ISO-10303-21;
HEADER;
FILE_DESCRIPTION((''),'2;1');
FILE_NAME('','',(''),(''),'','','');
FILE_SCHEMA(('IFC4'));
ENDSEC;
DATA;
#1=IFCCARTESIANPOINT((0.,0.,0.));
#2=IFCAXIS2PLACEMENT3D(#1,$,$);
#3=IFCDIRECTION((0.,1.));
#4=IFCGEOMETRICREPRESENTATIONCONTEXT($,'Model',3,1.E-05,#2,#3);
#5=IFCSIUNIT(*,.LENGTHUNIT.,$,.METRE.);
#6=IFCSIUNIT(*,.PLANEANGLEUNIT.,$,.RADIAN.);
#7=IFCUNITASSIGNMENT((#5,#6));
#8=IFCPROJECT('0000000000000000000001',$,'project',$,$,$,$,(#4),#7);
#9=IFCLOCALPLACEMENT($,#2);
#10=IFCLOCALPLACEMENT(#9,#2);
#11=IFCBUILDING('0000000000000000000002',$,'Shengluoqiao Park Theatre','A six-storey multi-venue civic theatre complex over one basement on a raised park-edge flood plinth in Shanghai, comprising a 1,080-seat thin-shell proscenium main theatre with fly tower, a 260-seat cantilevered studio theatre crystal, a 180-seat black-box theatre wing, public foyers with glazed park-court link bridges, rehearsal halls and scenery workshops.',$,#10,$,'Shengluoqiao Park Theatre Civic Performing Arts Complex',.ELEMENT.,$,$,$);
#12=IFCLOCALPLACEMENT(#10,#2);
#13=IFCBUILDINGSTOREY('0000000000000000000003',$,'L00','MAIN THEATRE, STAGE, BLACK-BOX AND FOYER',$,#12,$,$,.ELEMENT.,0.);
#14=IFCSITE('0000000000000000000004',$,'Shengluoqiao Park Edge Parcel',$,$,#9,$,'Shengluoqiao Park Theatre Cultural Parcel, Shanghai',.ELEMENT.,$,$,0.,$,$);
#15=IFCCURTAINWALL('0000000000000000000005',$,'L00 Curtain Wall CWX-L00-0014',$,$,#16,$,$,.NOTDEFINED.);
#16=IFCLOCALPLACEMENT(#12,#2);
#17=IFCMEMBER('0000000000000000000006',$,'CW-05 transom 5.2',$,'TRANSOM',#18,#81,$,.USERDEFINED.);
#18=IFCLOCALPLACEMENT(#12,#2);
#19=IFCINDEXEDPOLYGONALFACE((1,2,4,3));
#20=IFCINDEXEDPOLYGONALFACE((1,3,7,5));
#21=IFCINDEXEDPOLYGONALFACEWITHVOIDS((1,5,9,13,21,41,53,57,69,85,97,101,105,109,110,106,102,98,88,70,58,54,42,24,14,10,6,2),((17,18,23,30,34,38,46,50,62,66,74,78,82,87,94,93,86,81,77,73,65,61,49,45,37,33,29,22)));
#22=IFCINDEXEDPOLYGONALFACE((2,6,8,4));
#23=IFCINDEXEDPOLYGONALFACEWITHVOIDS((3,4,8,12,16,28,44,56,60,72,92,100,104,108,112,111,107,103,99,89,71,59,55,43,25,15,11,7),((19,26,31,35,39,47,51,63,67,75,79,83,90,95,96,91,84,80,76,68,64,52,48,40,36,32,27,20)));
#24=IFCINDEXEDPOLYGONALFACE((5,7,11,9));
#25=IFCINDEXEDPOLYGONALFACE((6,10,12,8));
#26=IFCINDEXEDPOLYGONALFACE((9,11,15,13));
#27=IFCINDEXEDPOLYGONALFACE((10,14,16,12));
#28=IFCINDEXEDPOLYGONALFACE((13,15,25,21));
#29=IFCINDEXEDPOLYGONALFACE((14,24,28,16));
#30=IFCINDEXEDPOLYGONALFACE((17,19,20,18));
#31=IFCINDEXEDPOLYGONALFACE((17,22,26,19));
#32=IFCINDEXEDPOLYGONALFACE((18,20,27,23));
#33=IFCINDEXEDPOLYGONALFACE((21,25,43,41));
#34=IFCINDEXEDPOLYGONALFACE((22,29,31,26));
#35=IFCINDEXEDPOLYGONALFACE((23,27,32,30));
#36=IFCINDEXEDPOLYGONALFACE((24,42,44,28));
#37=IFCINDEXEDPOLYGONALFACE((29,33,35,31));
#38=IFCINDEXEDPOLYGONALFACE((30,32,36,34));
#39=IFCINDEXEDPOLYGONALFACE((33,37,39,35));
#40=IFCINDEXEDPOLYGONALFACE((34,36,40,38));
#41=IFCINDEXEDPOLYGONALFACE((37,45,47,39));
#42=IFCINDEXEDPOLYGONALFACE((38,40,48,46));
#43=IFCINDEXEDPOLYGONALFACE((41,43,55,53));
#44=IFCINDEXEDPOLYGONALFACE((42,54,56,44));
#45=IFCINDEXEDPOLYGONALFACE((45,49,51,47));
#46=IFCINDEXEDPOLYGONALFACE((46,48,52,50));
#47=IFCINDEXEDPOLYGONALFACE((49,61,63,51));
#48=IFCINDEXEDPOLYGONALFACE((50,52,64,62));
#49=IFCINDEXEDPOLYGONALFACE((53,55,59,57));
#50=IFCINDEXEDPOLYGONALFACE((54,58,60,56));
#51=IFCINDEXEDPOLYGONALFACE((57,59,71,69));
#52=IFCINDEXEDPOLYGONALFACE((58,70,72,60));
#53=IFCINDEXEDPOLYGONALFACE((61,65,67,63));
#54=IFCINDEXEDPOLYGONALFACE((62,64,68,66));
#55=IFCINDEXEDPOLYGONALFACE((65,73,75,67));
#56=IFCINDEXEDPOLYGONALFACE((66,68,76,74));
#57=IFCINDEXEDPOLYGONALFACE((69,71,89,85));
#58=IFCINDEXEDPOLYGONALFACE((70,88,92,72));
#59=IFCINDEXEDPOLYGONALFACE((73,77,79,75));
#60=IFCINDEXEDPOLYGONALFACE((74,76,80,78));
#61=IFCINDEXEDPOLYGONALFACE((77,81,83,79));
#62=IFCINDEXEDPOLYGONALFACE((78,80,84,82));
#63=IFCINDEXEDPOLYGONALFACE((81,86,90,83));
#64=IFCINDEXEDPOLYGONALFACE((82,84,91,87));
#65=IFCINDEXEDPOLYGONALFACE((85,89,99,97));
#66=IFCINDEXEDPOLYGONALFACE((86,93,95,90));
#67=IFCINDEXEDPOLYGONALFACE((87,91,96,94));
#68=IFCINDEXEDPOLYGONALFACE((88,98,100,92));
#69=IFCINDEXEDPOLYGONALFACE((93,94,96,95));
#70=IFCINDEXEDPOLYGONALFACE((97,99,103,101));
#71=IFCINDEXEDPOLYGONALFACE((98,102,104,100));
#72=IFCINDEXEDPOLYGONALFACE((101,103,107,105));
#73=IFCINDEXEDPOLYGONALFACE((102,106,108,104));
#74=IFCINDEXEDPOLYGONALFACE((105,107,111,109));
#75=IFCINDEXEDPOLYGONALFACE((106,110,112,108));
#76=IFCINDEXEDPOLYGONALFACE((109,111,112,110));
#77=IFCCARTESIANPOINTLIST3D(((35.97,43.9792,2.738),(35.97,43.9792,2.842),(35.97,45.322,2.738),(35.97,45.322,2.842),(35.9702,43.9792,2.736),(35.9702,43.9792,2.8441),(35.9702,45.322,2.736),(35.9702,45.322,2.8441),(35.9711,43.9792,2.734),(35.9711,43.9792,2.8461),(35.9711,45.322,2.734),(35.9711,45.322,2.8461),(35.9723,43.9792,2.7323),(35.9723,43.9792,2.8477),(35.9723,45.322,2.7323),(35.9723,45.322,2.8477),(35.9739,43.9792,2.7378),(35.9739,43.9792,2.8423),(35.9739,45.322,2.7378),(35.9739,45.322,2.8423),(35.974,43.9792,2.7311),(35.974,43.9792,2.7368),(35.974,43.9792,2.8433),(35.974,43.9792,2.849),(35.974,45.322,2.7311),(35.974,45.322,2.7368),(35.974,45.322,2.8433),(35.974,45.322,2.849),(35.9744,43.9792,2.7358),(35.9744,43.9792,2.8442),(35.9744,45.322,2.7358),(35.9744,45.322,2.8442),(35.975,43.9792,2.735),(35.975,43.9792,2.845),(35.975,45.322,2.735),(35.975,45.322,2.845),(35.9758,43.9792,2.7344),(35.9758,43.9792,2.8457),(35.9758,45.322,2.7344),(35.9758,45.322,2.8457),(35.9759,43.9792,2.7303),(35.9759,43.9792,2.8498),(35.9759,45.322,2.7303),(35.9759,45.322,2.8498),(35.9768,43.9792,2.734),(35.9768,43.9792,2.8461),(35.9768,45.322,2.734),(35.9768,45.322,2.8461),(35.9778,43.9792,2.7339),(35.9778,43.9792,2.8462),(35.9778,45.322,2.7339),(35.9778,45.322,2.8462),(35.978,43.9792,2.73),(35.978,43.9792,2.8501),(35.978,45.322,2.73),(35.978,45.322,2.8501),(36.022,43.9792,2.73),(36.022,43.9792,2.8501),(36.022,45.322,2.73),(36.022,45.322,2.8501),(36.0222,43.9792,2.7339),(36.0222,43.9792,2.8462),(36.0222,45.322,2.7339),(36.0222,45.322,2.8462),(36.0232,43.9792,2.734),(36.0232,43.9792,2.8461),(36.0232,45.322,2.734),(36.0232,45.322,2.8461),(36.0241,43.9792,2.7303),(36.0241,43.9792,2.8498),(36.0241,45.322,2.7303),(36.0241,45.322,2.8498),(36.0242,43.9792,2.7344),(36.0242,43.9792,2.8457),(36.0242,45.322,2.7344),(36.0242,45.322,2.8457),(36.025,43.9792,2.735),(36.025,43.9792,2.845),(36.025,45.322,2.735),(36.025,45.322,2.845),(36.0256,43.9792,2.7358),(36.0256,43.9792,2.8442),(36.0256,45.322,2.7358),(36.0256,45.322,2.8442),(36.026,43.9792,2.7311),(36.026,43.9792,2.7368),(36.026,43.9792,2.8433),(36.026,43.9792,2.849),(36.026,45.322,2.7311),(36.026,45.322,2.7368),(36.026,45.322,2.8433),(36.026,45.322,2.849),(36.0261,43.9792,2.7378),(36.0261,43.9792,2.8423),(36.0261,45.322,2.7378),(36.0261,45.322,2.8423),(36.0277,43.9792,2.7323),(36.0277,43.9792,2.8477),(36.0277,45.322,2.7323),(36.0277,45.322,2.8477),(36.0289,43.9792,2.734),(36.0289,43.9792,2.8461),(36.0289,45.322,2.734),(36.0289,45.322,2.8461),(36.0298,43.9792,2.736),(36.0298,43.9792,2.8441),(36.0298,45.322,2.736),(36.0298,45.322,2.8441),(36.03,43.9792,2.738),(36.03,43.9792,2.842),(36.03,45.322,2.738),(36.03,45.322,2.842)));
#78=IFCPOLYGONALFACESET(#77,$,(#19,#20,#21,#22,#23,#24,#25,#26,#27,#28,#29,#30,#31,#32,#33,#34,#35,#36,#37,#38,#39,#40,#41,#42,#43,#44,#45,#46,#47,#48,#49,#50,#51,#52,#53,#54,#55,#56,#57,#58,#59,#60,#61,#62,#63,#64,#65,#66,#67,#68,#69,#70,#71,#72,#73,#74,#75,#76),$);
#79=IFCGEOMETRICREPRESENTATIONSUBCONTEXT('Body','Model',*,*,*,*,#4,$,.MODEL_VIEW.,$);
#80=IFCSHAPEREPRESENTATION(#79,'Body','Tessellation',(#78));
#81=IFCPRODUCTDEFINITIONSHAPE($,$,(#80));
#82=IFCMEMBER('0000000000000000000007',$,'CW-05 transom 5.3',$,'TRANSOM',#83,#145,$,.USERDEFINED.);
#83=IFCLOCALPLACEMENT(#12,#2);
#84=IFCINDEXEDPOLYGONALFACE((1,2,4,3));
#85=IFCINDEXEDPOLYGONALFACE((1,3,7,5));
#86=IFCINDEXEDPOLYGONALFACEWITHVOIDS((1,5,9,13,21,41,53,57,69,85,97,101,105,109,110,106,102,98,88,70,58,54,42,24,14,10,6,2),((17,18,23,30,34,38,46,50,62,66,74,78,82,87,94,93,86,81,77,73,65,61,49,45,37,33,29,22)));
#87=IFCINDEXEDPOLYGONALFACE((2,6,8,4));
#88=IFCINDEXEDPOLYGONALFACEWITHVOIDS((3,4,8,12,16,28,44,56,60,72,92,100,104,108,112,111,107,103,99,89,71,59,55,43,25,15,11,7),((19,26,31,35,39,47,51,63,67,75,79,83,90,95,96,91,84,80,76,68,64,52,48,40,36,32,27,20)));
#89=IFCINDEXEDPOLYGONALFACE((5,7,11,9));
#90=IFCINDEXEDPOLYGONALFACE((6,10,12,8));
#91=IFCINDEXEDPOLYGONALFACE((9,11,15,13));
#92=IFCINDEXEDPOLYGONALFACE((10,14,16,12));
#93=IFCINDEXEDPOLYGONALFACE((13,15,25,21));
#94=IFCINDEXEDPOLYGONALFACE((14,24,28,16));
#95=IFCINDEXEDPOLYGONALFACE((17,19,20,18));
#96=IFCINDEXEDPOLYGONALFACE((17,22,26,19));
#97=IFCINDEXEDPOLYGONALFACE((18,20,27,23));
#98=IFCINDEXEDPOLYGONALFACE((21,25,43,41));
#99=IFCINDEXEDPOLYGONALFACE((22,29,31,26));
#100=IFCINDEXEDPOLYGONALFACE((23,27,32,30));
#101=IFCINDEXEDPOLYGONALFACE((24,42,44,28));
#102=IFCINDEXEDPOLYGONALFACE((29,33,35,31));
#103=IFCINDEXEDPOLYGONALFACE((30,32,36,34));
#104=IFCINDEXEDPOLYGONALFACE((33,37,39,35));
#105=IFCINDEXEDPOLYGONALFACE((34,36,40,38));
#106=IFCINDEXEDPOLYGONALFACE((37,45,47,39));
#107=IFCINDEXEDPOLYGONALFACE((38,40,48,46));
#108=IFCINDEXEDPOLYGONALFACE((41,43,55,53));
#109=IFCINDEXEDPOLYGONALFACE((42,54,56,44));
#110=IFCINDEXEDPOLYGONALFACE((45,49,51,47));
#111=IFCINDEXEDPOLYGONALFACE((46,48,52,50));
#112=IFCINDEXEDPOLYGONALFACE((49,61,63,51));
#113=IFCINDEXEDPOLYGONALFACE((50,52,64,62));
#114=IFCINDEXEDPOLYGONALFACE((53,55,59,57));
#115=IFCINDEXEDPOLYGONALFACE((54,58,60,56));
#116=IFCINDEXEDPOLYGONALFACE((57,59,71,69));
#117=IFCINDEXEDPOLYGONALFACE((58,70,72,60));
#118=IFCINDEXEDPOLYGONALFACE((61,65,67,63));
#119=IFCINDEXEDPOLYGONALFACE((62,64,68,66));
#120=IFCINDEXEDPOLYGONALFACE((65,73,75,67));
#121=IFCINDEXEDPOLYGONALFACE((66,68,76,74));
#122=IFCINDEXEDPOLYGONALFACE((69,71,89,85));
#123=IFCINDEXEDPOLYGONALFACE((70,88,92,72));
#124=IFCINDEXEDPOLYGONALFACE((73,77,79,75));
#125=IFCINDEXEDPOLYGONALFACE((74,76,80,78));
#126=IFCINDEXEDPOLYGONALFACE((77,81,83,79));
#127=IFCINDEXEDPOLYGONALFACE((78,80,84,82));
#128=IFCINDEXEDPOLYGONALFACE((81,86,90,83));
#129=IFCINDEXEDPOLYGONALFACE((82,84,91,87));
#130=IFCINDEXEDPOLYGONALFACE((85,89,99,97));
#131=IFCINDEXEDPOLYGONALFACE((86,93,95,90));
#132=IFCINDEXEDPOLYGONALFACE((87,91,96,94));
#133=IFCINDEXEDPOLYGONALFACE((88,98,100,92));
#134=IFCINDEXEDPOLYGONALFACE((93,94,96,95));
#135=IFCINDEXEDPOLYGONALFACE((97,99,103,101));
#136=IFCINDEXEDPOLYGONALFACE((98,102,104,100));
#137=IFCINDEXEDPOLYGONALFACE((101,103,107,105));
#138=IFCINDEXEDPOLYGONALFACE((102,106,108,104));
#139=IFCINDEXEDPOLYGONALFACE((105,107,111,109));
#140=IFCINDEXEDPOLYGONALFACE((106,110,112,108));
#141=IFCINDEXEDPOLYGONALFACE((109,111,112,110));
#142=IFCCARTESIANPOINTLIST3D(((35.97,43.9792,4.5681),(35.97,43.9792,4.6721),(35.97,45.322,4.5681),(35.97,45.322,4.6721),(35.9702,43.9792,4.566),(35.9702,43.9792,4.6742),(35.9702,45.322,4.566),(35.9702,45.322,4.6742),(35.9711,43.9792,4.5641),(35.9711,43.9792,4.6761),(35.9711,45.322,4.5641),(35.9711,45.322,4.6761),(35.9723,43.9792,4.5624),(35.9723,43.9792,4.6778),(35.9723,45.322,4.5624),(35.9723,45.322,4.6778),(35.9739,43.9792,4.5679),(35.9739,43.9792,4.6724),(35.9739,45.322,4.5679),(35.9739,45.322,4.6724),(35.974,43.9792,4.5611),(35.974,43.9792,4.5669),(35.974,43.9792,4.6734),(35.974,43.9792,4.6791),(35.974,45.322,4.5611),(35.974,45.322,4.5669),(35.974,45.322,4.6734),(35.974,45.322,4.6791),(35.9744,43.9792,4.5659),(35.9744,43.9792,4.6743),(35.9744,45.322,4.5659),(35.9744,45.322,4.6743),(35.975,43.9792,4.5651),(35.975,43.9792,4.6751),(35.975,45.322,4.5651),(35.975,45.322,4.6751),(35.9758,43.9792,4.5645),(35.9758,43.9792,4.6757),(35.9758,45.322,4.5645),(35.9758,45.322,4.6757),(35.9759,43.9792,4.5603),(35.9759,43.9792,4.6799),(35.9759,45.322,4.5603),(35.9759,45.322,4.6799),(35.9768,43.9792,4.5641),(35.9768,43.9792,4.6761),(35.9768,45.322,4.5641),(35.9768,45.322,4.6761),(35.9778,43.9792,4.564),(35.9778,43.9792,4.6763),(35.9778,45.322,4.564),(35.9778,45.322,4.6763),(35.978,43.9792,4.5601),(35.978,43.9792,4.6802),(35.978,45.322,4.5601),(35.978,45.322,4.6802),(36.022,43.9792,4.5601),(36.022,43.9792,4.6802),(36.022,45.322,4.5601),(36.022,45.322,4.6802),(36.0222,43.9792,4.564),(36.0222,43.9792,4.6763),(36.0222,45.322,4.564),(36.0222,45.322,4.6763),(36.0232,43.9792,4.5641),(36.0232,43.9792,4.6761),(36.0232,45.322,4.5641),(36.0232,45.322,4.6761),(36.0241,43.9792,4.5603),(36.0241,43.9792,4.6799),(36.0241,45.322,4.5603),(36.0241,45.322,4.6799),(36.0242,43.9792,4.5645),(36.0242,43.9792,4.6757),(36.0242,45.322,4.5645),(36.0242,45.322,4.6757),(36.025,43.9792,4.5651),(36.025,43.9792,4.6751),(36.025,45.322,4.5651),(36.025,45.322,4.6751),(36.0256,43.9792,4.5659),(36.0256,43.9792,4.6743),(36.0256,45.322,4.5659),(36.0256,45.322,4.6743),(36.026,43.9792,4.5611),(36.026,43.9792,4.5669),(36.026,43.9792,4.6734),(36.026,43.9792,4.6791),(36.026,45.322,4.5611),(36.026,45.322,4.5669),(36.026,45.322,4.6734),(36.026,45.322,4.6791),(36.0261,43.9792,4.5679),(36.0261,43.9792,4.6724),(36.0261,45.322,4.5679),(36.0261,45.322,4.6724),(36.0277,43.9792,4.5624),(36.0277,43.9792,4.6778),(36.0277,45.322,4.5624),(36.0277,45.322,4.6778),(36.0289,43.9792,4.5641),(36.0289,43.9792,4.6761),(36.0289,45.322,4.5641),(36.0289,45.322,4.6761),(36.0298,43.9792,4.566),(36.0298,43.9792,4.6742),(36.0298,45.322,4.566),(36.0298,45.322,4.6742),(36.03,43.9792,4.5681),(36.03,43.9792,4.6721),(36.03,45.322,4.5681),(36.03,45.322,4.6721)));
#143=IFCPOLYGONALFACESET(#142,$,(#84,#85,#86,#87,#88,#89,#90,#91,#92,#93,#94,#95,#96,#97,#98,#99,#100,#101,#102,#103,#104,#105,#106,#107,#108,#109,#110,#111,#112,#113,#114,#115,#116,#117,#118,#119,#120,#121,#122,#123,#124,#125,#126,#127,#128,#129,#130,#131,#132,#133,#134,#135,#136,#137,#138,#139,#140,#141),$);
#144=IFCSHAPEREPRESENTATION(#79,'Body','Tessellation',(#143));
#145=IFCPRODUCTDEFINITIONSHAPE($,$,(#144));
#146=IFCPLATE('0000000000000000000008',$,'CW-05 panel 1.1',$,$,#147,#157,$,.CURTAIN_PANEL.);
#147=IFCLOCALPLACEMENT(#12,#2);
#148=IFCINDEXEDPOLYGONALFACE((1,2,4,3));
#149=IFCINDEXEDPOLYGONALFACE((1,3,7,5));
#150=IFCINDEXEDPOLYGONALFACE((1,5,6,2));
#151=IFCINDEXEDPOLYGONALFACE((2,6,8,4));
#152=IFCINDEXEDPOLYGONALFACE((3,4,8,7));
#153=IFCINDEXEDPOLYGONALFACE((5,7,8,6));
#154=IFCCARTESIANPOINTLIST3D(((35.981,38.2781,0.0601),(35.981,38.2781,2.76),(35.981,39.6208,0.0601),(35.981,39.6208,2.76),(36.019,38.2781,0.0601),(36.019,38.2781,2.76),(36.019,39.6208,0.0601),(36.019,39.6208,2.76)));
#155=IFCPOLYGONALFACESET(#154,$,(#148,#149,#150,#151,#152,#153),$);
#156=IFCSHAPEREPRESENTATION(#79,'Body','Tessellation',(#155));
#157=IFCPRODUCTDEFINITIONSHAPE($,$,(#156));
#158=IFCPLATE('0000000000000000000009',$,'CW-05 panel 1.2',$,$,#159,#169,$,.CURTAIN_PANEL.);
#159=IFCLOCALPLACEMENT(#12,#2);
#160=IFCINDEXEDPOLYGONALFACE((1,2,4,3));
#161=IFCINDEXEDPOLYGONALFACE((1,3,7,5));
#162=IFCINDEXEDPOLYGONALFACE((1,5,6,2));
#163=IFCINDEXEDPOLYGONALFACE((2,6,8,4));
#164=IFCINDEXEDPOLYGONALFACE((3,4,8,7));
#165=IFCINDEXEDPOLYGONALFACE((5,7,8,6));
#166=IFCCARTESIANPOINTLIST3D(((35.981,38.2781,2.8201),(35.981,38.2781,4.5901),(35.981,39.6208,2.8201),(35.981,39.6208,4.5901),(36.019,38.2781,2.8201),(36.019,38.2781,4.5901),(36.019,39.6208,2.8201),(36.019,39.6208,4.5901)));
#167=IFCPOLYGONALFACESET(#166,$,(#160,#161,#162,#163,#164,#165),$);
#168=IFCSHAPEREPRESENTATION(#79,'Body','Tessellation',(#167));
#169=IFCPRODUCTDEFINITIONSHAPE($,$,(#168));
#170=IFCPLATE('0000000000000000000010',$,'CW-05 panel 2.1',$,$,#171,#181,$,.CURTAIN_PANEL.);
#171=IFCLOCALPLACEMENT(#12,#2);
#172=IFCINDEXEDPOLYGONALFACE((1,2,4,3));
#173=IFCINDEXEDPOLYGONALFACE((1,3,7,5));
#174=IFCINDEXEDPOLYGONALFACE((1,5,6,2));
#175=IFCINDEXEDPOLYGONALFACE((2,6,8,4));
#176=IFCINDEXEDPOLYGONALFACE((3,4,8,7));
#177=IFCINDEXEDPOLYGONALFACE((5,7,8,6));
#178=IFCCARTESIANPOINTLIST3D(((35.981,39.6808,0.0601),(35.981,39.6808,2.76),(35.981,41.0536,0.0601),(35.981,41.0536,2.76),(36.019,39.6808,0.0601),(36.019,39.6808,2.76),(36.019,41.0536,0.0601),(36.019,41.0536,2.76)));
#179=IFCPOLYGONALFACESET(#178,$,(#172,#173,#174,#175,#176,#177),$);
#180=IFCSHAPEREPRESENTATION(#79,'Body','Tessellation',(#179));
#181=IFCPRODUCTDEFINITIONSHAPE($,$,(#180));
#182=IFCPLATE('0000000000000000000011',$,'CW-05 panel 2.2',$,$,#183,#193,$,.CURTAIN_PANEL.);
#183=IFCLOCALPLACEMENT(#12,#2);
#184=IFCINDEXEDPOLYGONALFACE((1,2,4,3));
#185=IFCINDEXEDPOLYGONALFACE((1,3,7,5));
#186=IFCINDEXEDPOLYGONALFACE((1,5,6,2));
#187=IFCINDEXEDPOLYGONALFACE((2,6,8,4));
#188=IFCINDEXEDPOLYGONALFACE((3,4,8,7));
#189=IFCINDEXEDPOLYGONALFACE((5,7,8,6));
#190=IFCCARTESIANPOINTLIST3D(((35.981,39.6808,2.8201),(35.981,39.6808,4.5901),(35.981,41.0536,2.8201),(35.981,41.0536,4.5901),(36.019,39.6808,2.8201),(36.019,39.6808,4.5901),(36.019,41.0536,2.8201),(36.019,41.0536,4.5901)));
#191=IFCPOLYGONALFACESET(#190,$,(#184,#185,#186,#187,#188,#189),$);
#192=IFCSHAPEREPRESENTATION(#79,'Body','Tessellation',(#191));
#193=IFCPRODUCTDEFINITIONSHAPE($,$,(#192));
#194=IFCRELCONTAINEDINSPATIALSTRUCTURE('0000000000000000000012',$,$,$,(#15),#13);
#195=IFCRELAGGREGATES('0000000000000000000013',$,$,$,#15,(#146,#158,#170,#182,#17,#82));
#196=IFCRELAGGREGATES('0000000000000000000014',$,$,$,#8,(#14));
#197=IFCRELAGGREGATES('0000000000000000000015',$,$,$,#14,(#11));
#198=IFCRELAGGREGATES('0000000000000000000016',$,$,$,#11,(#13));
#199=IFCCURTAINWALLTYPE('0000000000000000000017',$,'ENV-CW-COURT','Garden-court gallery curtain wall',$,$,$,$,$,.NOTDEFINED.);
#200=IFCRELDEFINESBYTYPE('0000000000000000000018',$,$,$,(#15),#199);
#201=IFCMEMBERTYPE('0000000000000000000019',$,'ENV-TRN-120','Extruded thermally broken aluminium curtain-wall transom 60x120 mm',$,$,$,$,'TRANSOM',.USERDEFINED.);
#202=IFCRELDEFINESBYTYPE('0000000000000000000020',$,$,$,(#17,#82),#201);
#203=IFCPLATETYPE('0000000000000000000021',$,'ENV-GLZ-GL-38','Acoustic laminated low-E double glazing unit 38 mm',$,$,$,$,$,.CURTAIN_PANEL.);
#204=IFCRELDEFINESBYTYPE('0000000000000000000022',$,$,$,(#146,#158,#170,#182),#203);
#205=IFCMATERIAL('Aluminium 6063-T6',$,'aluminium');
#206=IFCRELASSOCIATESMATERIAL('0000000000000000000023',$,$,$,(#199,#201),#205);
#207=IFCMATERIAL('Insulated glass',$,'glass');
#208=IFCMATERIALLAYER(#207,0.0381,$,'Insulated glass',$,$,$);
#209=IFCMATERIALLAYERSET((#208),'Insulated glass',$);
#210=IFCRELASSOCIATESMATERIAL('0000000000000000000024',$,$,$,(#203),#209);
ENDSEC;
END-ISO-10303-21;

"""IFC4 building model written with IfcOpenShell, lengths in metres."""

from ifc_helpers import new_model, si_unit, direction, frame, origin, origin_2d, place, context, subcontext, project, spatial, rectangle, hollow_rectangle, extrude, material, layer, layer_set, material_profile, profile_set, type_object, element, aggregate, save


model = new_model("IFC4")

# Units and contexts
model_context = context("Model", 3, precision=1e-05, world=origin(), true_north=direction((0.0, 1.0)))
body_context = subcontext(model_context, "Body", "Model", "MODEL_VIEW")
ifc_project = project(units=[si_unit("LENGTHUNIT", "METRE"), si_unit("PLANEANGLEUNIT", "RADIAN")], contexts=[model_context])

# Site, building, storey
site_placement = place(None, origin())
site = spatial("IfcSite", under=ifc_project, at=site_placement, Name="Shengluoqiao Park Edge Parcel", LongName="Shengluoqiao Park Theatre Cultural Parcel, Shanghai", CompositionType="ELEMENT", RefElevation=0.0)
building_placement = place(site_placement, origin())
building = spatial("IfcBuilding", under=site, at=building_placement, Name="Shengluoqiao Park Theatre", Description="A six-storey multi-venue civic theatre complex over one basement on a raised park-edge flood plinth in Shanghai, comprising a 1,080-seat thin-shell proscenium main theatre with fly tower, a 260-seat cantilevered studio theatre crystal, a 180-seat black-box theatre wing, public foyers with glazed park-court link bridges, rehearsal halls and scenery workshops.", LongName="Shengluoqiao Park Theatre Civic Performing Arts Complex", CompositionType="ELEMENT")
storey_placement = place(building_placement, origin())
storey = spatial("IfcBuildingStorey", under=building, at=storey_placement, Name="L00", Description="MAIN THEATRE, STAGE, BLACK-BOX AND FOYER", CompositionType="ELEMENT", Elevation=0.0)

# Curtain wall, members, plates
ifc_material_1 = material(Name="Aluminium 6063-T6", Category="aluminium")
curtain_wall_type = type_object("IfcCurtainWallType", Name="ENV-CW-COURT", Description="Garden-court gallery curtain wall", PredefinedType="NOTDEFINED", material=ifc_material_1)
curtain_wall_placement = place(storey_placement, origin())
curtain_wall = element("IfcCurtainWall", 1, at=curtain_wall_placement, inside=storey, type_object=curtain_wall_type, Name="L00 Curtain Wall CWX-L00-0014", PredefinedType="NOTDEFINED")
ifc_material_profile_1 = material_profile(ifc_material_1, hollow_rectangle(XDim=0.0601, YDim=0.1201, WallThickness=0.0039, InnerFilletRadius=0.0039, OuterFilletRadius=0.0081, at=origin_2d()), Name="ALU TRANSOM 120x60x4")
ifc_profile_set_1 = profile_set([ifc_material_profile_1], Name="Aluminium 6063-T6")
member_type_1 = type_object("IfcMemberType", Name="ENV-TRN-120", Description="Extruded thermally broken aluminium curtain-wall transom 60x120 mm", ElementType="TRANSOM", PredefinedType="USERDEFINED", material=ifc_profile_set_1)
member_1_placement = place(storey_placement, frame((36.0, 43.9792, 2.79), z_axis=(0.0, 1.0, 0.0), x_axis=(-1.0, 0.0, 0.0)))
member_1 = element("IfcMember", 2, at=member_1_placement, type_object=member_type_1, Name="CW-05 transom 5.2", ObjectType="TRANSOM", PredefinedType="USERDEFINED", context=body_context, shape_type="SweptSolid", body=[
    extrude(hollow_rectangle(XDim=0.0601, YDim=0.1201, WallThickness=0.0039, InnerFilletRadius=0.0039, OuterFilletRadius=0.0081, at=origin_2d()), origin(), (0.0, 0.0, 1.0), 1.3428),
])
member_2_placement = place(storey_placement, frame((36.0, 43.9792, 4.6201), z_axis=(0.0, 1.0, 0.0), x_axis=(-1.0, 0.0, 0.0)))
member_2 = element("IfcMember", 3, at=member_2_placement, type_object=member_type_1, Name="CW-05 transom 5.3", ObjectType="TRANSOM", PredefinedType="USERDEFINED", context=body_context, shape_type="SweptSolid", body=[
    extrude(hollow_rectangle(XDim=0.0601, YDim=0.1201, WallThickness=0.0039, InnerFilletRadius=0.0039, OuterFilletRadius=0.0081, at=origin_2d()), origin(), (0.0, 0.0, 1.0), 1.3428),
])
ifc_material_2 = material(Name="Insulated glass", Category="glass")
ifc_layer_1 = layer(ifc_material_2, 0.0381, Name="Insulated glass")
ifc_layer_set_1 = layer_set([ifc_layer_1], Name="Insulated glass")
plate_type = type_object("IfcPlateType", Name="ENV-GLZ-GL-38", Description="Acoustic laminated low-E double glazing unit 38 mm", PredefinedType="CURTAIN_PANEL", material=ifc_layer_set_1)
plate_1_placement = place(storey_placement, frame((36.0, 38.9495, 0.0601), z_axis=(0.0, 0.0, 1.0), x_axis=(0.0, 1.0, 0.0)))
plate_1 = element("IfcPlate", 4, at=plate_1_placement, type_object=plate_type, Name="CW-05 panel 1.1", PredefinedType="CURTAIN_PANEL", context=body_context, shape_type="SweptSolid", body=[
    extrude(rectangle(XDim=1.3428, YDim=0.0381, at=origin_2d()), origin(), (0.0, 0.0, 1.0), 2.7),
])
plate_2_placement = place(storey_placement, frame((36.0, 38.9495, 2.8201), z_axis=(0.0, 0.0, 1.0), x_axis=(0.0, 1.0, 0.0)))
plate_2 = element("IfcPlate", 5, at=plate_2_placement, type_object=plate_type, Name="CW-05 panel 1.2", PredefinedType="CURTAIN_PANEL", context=body_context, shape_type="SweptSolid", body=[
    extrude(rectangle(XDim=1.3428, YDim=0.0381, at=origin_2d()), origin(), (0.0, 0.0, 1.0), 1.77),
])
plate_3_placement = place(storey_placement, frame((36.0, 40.3672, 0.0601), z_axis=(0.0, 0.0, 1.0), x_axis=(0.0, 1.0, 0.0)))
plate_3 = element("IfcPlate", 6, at=plate_3_placement, type_object=plate_type, Name="CW-05 panel 2.1", PredefinedType="CURTAIN_PANEL", context=body_context, shape_type="SweptSolid", body=[
    extrude(rectangle(XDim=1.3728, YDim=0.0381, at=origin_2d()), origin(), (0.0, 0.0, 1.0), 2.7),
])
plate_4_placement = place(storey_placement, frame((36.0, 40.3672, 2.8201), z_axis=(0.0, 0.0, 1.0), x_axis=(0.0, 1.0, 0.0)))
plate_4 = element("IfcPlate", 7, at=plate_4_placement, type_object=plate_type, Name="CW-05 panel 2.2", PredefinedType="CURTAIN_PANEL", context=body_context, shape_type="SweptSolid", body=[
    extrude(rectangle(XDim=1.3728, YDim=0.0381, at=origin_2d()), origin(), (0.0, 0.0, 1.0), 1.77),
])
aggregate(curtain_wall, [plate_1, plate_2, plate_3, plate_4, member_1, member_2])

save(model, "model.ifc")
